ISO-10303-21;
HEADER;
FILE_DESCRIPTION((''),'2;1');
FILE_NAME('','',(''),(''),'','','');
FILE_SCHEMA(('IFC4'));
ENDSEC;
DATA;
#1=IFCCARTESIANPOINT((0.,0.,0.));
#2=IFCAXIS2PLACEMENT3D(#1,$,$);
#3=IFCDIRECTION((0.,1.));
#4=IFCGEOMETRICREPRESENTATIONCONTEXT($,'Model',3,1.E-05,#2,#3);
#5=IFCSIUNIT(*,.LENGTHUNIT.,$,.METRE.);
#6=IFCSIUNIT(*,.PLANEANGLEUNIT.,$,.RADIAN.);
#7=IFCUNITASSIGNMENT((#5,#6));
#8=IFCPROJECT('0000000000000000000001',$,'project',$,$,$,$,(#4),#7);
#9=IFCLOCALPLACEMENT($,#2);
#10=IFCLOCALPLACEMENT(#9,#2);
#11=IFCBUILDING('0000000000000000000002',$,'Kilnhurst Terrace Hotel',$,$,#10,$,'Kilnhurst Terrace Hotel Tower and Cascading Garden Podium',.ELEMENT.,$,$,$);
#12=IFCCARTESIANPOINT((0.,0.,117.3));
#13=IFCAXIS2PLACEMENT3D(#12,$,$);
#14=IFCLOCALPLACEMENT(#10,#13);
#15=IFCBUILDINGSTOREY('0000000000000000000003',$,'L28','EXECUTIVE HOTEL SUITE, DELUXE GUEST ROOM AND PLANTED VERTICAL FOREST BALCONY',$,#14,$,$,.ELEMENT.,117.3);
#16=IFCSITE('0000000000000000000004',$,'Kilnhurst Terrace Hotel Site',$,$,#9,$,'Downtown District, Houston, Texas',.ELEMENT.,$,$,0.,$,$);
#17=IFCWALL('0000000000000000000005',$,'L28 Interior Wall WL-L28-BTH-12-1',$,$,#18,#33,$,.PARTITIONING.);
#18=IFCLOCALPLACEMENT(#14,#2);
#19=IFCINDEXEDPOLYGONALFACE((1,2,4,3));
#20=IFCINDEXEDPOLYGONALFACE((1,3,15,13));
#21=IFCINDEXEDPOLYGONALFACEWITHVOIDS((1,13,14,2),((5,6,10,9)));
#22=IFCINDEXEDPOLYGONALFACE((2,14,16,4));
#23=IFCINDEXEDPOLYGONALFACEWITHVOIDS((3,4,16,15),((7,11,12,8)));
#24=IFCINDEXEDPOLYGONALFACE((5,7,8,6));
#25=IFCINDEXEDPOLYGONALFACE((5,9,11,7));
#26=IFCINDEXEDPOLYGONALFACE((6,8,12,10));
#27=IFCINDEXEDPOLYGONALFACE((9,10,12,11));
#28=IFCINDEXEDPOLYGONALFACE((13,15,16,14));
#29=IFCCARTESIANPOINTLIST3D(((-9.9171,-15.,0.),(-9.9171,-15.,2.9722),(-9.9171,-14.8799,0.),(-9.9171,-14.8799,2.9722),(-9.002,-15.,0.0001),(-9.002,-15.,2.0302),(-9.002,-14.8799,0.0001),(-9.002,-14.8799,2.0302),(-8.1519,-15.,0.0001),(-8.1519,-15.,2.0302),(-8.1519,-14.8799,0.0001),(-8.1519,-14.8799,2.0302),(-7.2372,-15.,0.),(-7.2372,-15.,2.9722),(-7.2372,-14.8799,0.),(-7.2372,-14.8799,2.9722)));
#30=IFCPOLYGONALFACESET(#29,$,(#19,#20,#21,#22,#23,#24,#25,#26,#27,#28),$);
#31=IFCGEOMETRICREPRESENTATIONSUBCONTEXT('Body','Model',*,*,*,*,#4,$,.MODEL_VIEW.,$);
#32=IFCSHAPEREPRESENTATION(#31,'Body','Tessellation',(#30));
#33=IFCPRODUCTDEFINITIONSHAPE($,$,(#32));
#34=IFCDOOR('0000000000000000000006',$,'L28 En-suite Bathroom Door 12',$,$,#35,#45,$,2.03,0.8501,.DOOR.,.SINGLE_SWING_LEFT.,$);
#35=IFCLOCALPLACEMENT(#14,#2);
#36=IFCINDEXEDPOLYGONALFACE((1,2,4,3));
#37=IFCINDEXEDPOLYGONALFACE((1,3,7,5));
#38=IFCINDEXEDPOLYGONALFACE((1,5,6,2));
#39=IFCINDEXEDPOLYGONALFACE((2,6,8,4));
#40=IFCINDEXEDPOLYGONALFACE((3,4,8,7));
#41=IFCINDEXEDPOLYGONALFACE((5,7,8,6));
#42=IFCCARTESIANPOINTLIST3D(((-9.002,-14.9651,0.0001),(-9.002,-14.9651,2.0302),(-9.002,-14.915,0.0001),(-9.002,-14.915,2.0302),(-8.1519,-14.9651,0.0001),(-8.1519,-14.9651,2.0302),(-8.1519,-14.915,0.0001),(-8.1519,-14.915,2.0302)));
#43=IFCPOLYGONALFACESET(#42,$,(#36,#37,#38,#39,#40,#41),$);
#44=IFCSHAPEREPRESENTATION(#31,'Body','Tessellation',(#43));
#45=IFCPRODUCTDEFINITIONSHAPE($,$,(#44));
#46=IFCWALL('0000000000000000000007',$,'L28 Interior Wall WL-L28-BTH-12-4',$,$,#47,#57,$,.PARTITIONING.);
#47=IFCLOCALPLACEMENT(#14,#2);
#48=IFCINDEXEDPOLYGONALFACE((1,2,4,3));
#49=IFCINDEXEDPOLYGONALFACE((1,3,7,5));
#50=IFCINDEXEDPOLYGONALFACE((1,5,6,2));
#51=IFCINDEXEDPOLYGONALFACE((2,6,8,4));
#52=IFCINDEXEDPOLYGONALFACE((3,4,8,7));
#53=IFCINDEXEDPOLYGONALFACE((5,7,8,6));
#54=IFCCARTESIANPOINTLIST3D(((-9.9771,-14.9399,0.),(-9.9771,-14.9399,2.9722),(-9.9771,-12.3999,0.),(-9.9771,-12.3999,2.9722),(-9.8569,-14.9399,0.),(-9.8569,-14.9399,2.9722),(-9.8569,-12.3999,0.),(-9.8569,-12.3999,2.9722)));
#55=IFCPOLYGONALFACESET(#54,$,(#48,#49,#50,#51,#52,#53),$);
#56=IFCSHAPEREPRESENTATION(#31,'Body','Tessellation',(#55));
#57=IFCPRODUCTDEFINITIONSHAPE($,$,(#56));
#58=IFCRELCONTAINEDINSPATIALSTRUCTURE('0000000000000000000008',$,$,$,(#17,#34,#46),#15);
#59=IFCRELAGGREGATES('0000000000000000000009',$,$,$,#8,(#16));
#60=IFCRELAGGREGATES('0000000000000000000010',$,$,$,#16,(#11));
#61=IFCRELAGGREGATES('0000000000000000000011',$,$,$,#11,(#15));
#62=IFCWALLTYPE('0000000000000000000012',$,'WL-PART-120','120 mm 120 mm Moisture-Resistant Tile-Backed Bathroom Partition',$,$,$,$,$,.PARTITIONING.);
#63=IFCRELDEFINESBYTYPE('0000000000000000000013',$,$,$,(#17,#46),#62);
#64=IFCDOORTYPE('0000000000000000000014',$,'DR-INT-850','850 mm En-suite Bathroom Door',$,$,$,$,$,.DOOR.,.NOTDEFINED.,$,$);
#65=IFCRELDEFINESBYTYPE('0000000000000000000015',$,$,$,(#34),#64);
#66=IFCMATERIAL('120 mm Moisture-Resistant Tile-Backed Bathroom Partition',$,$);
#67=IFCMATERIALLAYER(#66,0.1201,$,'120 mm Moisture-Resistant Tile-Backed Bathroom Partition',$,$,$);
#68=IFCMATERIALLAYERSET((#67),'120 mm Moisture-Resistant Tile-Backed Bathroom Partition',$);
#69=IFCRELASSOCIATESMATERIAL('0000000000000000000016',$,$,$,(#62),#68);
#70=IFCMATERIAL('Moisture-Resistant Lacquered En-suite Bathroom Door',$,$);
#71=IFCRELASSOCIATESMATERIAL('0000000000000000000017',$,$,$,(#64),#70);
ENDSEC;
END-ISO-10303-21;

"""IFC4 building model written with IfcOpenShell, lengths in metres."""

from ifc_helpers import new_model, si_unit, direction, frame, frame_2d, origin, place, context, subcontext, project, spatial, rectangle, extrude, material, layer, layer_set, type_object, element, fill, save


model = new_model("IFC4")

# Units and contexts
model_context = context("Model", 3, precision=1e-05, world=origin(), true_north=direction((0.0, 1.0)))
body_context = subcontext(model_context, "Body", "Model", "MODEL_VIEW")
ifc_project = project(units=[si_unit("LENGTHUNIT", "METRE"), si_unit("PLANEANGLEUNIT", "RADIAN")], contexts=[model_context])

# Site, building, storey
site_placement = place(None, origin())
site = spatial("IfcSite", under=ifc_project, at=site_placement, Name="Kilnhurst Terrace Hotel Site", LongName="Downtown District, Houston, Texas", CompositionType="ELEMENT", RefElevation=0.0)
building_placement = place(site_placement, origin())
building = spatial("IfcBuilding", under=site, at=building_placement, Name="Kilnhurst Terrace Hotel", LongName="Kilnhurst Terrace Hotel Tower and Cascading Garden Podium", CompositionType="ELEMENT")
storey_placement = place(building_placement, frame((0.0, 0.0, 117.3)))
storey = spatial("IfcBuildingStorey", under=building, at=storey_placement, Name="L28", Description="EXECUTIVE HOTEL SUITE, DELUXE GUEST ROOM AND PLANTED VERTICAL FOREST BALCONY", CompositionType="ELEMENT", Elevation=117.3)

# Shared definitions
ifc_material_1 = material(Name="120 mm Moisture-Resistant Tile-Backed Bathroom Partition")
ifc_layer_1 = layer(ifc_material_1, 0.1201, Name="120 mm Moisture-Resistant Tile-Backed Bathroom Partition")
ifc_layer_set_1 = layer_set([ifc_layer_1], Name="120 mm Moisture-Resistant Tile-Backed Bathroom Partition")
wall_type_1 = type_object("IfcWallType", Name="WL-PART-120", Description="120 mm 120 mm Moisture-Resistant Tile-Backed Bathroom Partition", PredefinedType="PARTITIONING", material=ifc_layer_set_1)
ifc_material_2 = material(Name="Moisture-Resistant Lacquered En-suite Bathroom Door")
door_type_1 = type_object("IfcDoorType", Name="DR-INT-850", Description="850 mm En-suite Bathroom Door", OperationType="NOTDEFINED", PredefinedType="DOOR", material=ifc_material_2)

# Wall, opening, door
wall_1_placement = place(storey_placement, frame((-9.917, -14.9399, 0.0), z_axis=(0.0, 0.0, 1.0), x_axis=(1.0, 0.0, 0.0)))
wall_1 = element("IfcWall", 1, at=wall_1_placement, inside=storey, type_object=wall_type_1, Name="L28 Interior Wall WL-L28-BTH-12-1", PredefinedType="PARTITIONING", context=body_context, shape_type="SweptSolid", body=[
    extrude(rectangle(XDim=2.6799, YDim=0.1201, at=frame_2d((1.3398, 0.0))), origin(), (0.0, 0.0, 1.0), 2.9722),
])
opening_1_placement = place(wall_1_placement, frame((0.915, 0.0, 0.0)))
opening_1 = element("IfcOpeningElement", 2, at=opening_1_placement, cuts=wall_1, PredefinedType="OPENING", context=body_context, shape_type="SweptSolid", body=[
    extrude(rectangle(XDim=0.8501, YDim=2.03, at=frame_2d((0.425, 1.0151))), frame((0.0, 0.0701, 0.0), z_axis=(0.0, -1.0, 0.0), x_axis=(1.0, 0.0, 0.0)), (0.0, 0.0, 1.0), 0.1401),
])
door_1_placement = place(opening_1_placement, origin())
door_1 = element("IfcDoor", 3, at=door_1_placement, inside=storey, type_object=door_type_1, Name="L28 En-suite Bathroom Door 12", OperationType="SINGLE_SWING_LEFT", OverallHeight=2.03, OverallWidth=0.8501, PredefinedType="DOOR", context=body_context, shape_type="SweptSolid", body=[
    extrude(rectangle(XDim=0.8501, YDim=2.03, at=frame_2d((0.425, 1.0151))), frame((0.0, 0.0249, 0.0), z_axis=(0.0, -1.0, 0.0), x_axis=(1.0, 0.0, 0.0)), (0.0, 0.0, 1.0), 0.05),
])
fill(opening_1, door_1)

# Wall
wall_2_placement = place(storey_placement, frame((-9.917, -12.3999, 0.0), z_axis=(0.0, 0.0, 1.0), x_axis=(0.0, -1.0, 0.0)))
element("IfcWall", 4, at=wall_2_placement, inside=storey, type_object=wall_type_1, Name="L28 Interior Wall WL-L28-BTH-12-4", PredefinedType="PARTITIONING", context=body_context, shape_type="SweptSolid", body=[
    extrude(rectangle(XDim=2.54, YDim=0.1201, at=frame_2d((1.27, 0.0))), origin(), (0.0, 0.0, 1.0), 2.9722),
])

save(model, "model.ifc")
